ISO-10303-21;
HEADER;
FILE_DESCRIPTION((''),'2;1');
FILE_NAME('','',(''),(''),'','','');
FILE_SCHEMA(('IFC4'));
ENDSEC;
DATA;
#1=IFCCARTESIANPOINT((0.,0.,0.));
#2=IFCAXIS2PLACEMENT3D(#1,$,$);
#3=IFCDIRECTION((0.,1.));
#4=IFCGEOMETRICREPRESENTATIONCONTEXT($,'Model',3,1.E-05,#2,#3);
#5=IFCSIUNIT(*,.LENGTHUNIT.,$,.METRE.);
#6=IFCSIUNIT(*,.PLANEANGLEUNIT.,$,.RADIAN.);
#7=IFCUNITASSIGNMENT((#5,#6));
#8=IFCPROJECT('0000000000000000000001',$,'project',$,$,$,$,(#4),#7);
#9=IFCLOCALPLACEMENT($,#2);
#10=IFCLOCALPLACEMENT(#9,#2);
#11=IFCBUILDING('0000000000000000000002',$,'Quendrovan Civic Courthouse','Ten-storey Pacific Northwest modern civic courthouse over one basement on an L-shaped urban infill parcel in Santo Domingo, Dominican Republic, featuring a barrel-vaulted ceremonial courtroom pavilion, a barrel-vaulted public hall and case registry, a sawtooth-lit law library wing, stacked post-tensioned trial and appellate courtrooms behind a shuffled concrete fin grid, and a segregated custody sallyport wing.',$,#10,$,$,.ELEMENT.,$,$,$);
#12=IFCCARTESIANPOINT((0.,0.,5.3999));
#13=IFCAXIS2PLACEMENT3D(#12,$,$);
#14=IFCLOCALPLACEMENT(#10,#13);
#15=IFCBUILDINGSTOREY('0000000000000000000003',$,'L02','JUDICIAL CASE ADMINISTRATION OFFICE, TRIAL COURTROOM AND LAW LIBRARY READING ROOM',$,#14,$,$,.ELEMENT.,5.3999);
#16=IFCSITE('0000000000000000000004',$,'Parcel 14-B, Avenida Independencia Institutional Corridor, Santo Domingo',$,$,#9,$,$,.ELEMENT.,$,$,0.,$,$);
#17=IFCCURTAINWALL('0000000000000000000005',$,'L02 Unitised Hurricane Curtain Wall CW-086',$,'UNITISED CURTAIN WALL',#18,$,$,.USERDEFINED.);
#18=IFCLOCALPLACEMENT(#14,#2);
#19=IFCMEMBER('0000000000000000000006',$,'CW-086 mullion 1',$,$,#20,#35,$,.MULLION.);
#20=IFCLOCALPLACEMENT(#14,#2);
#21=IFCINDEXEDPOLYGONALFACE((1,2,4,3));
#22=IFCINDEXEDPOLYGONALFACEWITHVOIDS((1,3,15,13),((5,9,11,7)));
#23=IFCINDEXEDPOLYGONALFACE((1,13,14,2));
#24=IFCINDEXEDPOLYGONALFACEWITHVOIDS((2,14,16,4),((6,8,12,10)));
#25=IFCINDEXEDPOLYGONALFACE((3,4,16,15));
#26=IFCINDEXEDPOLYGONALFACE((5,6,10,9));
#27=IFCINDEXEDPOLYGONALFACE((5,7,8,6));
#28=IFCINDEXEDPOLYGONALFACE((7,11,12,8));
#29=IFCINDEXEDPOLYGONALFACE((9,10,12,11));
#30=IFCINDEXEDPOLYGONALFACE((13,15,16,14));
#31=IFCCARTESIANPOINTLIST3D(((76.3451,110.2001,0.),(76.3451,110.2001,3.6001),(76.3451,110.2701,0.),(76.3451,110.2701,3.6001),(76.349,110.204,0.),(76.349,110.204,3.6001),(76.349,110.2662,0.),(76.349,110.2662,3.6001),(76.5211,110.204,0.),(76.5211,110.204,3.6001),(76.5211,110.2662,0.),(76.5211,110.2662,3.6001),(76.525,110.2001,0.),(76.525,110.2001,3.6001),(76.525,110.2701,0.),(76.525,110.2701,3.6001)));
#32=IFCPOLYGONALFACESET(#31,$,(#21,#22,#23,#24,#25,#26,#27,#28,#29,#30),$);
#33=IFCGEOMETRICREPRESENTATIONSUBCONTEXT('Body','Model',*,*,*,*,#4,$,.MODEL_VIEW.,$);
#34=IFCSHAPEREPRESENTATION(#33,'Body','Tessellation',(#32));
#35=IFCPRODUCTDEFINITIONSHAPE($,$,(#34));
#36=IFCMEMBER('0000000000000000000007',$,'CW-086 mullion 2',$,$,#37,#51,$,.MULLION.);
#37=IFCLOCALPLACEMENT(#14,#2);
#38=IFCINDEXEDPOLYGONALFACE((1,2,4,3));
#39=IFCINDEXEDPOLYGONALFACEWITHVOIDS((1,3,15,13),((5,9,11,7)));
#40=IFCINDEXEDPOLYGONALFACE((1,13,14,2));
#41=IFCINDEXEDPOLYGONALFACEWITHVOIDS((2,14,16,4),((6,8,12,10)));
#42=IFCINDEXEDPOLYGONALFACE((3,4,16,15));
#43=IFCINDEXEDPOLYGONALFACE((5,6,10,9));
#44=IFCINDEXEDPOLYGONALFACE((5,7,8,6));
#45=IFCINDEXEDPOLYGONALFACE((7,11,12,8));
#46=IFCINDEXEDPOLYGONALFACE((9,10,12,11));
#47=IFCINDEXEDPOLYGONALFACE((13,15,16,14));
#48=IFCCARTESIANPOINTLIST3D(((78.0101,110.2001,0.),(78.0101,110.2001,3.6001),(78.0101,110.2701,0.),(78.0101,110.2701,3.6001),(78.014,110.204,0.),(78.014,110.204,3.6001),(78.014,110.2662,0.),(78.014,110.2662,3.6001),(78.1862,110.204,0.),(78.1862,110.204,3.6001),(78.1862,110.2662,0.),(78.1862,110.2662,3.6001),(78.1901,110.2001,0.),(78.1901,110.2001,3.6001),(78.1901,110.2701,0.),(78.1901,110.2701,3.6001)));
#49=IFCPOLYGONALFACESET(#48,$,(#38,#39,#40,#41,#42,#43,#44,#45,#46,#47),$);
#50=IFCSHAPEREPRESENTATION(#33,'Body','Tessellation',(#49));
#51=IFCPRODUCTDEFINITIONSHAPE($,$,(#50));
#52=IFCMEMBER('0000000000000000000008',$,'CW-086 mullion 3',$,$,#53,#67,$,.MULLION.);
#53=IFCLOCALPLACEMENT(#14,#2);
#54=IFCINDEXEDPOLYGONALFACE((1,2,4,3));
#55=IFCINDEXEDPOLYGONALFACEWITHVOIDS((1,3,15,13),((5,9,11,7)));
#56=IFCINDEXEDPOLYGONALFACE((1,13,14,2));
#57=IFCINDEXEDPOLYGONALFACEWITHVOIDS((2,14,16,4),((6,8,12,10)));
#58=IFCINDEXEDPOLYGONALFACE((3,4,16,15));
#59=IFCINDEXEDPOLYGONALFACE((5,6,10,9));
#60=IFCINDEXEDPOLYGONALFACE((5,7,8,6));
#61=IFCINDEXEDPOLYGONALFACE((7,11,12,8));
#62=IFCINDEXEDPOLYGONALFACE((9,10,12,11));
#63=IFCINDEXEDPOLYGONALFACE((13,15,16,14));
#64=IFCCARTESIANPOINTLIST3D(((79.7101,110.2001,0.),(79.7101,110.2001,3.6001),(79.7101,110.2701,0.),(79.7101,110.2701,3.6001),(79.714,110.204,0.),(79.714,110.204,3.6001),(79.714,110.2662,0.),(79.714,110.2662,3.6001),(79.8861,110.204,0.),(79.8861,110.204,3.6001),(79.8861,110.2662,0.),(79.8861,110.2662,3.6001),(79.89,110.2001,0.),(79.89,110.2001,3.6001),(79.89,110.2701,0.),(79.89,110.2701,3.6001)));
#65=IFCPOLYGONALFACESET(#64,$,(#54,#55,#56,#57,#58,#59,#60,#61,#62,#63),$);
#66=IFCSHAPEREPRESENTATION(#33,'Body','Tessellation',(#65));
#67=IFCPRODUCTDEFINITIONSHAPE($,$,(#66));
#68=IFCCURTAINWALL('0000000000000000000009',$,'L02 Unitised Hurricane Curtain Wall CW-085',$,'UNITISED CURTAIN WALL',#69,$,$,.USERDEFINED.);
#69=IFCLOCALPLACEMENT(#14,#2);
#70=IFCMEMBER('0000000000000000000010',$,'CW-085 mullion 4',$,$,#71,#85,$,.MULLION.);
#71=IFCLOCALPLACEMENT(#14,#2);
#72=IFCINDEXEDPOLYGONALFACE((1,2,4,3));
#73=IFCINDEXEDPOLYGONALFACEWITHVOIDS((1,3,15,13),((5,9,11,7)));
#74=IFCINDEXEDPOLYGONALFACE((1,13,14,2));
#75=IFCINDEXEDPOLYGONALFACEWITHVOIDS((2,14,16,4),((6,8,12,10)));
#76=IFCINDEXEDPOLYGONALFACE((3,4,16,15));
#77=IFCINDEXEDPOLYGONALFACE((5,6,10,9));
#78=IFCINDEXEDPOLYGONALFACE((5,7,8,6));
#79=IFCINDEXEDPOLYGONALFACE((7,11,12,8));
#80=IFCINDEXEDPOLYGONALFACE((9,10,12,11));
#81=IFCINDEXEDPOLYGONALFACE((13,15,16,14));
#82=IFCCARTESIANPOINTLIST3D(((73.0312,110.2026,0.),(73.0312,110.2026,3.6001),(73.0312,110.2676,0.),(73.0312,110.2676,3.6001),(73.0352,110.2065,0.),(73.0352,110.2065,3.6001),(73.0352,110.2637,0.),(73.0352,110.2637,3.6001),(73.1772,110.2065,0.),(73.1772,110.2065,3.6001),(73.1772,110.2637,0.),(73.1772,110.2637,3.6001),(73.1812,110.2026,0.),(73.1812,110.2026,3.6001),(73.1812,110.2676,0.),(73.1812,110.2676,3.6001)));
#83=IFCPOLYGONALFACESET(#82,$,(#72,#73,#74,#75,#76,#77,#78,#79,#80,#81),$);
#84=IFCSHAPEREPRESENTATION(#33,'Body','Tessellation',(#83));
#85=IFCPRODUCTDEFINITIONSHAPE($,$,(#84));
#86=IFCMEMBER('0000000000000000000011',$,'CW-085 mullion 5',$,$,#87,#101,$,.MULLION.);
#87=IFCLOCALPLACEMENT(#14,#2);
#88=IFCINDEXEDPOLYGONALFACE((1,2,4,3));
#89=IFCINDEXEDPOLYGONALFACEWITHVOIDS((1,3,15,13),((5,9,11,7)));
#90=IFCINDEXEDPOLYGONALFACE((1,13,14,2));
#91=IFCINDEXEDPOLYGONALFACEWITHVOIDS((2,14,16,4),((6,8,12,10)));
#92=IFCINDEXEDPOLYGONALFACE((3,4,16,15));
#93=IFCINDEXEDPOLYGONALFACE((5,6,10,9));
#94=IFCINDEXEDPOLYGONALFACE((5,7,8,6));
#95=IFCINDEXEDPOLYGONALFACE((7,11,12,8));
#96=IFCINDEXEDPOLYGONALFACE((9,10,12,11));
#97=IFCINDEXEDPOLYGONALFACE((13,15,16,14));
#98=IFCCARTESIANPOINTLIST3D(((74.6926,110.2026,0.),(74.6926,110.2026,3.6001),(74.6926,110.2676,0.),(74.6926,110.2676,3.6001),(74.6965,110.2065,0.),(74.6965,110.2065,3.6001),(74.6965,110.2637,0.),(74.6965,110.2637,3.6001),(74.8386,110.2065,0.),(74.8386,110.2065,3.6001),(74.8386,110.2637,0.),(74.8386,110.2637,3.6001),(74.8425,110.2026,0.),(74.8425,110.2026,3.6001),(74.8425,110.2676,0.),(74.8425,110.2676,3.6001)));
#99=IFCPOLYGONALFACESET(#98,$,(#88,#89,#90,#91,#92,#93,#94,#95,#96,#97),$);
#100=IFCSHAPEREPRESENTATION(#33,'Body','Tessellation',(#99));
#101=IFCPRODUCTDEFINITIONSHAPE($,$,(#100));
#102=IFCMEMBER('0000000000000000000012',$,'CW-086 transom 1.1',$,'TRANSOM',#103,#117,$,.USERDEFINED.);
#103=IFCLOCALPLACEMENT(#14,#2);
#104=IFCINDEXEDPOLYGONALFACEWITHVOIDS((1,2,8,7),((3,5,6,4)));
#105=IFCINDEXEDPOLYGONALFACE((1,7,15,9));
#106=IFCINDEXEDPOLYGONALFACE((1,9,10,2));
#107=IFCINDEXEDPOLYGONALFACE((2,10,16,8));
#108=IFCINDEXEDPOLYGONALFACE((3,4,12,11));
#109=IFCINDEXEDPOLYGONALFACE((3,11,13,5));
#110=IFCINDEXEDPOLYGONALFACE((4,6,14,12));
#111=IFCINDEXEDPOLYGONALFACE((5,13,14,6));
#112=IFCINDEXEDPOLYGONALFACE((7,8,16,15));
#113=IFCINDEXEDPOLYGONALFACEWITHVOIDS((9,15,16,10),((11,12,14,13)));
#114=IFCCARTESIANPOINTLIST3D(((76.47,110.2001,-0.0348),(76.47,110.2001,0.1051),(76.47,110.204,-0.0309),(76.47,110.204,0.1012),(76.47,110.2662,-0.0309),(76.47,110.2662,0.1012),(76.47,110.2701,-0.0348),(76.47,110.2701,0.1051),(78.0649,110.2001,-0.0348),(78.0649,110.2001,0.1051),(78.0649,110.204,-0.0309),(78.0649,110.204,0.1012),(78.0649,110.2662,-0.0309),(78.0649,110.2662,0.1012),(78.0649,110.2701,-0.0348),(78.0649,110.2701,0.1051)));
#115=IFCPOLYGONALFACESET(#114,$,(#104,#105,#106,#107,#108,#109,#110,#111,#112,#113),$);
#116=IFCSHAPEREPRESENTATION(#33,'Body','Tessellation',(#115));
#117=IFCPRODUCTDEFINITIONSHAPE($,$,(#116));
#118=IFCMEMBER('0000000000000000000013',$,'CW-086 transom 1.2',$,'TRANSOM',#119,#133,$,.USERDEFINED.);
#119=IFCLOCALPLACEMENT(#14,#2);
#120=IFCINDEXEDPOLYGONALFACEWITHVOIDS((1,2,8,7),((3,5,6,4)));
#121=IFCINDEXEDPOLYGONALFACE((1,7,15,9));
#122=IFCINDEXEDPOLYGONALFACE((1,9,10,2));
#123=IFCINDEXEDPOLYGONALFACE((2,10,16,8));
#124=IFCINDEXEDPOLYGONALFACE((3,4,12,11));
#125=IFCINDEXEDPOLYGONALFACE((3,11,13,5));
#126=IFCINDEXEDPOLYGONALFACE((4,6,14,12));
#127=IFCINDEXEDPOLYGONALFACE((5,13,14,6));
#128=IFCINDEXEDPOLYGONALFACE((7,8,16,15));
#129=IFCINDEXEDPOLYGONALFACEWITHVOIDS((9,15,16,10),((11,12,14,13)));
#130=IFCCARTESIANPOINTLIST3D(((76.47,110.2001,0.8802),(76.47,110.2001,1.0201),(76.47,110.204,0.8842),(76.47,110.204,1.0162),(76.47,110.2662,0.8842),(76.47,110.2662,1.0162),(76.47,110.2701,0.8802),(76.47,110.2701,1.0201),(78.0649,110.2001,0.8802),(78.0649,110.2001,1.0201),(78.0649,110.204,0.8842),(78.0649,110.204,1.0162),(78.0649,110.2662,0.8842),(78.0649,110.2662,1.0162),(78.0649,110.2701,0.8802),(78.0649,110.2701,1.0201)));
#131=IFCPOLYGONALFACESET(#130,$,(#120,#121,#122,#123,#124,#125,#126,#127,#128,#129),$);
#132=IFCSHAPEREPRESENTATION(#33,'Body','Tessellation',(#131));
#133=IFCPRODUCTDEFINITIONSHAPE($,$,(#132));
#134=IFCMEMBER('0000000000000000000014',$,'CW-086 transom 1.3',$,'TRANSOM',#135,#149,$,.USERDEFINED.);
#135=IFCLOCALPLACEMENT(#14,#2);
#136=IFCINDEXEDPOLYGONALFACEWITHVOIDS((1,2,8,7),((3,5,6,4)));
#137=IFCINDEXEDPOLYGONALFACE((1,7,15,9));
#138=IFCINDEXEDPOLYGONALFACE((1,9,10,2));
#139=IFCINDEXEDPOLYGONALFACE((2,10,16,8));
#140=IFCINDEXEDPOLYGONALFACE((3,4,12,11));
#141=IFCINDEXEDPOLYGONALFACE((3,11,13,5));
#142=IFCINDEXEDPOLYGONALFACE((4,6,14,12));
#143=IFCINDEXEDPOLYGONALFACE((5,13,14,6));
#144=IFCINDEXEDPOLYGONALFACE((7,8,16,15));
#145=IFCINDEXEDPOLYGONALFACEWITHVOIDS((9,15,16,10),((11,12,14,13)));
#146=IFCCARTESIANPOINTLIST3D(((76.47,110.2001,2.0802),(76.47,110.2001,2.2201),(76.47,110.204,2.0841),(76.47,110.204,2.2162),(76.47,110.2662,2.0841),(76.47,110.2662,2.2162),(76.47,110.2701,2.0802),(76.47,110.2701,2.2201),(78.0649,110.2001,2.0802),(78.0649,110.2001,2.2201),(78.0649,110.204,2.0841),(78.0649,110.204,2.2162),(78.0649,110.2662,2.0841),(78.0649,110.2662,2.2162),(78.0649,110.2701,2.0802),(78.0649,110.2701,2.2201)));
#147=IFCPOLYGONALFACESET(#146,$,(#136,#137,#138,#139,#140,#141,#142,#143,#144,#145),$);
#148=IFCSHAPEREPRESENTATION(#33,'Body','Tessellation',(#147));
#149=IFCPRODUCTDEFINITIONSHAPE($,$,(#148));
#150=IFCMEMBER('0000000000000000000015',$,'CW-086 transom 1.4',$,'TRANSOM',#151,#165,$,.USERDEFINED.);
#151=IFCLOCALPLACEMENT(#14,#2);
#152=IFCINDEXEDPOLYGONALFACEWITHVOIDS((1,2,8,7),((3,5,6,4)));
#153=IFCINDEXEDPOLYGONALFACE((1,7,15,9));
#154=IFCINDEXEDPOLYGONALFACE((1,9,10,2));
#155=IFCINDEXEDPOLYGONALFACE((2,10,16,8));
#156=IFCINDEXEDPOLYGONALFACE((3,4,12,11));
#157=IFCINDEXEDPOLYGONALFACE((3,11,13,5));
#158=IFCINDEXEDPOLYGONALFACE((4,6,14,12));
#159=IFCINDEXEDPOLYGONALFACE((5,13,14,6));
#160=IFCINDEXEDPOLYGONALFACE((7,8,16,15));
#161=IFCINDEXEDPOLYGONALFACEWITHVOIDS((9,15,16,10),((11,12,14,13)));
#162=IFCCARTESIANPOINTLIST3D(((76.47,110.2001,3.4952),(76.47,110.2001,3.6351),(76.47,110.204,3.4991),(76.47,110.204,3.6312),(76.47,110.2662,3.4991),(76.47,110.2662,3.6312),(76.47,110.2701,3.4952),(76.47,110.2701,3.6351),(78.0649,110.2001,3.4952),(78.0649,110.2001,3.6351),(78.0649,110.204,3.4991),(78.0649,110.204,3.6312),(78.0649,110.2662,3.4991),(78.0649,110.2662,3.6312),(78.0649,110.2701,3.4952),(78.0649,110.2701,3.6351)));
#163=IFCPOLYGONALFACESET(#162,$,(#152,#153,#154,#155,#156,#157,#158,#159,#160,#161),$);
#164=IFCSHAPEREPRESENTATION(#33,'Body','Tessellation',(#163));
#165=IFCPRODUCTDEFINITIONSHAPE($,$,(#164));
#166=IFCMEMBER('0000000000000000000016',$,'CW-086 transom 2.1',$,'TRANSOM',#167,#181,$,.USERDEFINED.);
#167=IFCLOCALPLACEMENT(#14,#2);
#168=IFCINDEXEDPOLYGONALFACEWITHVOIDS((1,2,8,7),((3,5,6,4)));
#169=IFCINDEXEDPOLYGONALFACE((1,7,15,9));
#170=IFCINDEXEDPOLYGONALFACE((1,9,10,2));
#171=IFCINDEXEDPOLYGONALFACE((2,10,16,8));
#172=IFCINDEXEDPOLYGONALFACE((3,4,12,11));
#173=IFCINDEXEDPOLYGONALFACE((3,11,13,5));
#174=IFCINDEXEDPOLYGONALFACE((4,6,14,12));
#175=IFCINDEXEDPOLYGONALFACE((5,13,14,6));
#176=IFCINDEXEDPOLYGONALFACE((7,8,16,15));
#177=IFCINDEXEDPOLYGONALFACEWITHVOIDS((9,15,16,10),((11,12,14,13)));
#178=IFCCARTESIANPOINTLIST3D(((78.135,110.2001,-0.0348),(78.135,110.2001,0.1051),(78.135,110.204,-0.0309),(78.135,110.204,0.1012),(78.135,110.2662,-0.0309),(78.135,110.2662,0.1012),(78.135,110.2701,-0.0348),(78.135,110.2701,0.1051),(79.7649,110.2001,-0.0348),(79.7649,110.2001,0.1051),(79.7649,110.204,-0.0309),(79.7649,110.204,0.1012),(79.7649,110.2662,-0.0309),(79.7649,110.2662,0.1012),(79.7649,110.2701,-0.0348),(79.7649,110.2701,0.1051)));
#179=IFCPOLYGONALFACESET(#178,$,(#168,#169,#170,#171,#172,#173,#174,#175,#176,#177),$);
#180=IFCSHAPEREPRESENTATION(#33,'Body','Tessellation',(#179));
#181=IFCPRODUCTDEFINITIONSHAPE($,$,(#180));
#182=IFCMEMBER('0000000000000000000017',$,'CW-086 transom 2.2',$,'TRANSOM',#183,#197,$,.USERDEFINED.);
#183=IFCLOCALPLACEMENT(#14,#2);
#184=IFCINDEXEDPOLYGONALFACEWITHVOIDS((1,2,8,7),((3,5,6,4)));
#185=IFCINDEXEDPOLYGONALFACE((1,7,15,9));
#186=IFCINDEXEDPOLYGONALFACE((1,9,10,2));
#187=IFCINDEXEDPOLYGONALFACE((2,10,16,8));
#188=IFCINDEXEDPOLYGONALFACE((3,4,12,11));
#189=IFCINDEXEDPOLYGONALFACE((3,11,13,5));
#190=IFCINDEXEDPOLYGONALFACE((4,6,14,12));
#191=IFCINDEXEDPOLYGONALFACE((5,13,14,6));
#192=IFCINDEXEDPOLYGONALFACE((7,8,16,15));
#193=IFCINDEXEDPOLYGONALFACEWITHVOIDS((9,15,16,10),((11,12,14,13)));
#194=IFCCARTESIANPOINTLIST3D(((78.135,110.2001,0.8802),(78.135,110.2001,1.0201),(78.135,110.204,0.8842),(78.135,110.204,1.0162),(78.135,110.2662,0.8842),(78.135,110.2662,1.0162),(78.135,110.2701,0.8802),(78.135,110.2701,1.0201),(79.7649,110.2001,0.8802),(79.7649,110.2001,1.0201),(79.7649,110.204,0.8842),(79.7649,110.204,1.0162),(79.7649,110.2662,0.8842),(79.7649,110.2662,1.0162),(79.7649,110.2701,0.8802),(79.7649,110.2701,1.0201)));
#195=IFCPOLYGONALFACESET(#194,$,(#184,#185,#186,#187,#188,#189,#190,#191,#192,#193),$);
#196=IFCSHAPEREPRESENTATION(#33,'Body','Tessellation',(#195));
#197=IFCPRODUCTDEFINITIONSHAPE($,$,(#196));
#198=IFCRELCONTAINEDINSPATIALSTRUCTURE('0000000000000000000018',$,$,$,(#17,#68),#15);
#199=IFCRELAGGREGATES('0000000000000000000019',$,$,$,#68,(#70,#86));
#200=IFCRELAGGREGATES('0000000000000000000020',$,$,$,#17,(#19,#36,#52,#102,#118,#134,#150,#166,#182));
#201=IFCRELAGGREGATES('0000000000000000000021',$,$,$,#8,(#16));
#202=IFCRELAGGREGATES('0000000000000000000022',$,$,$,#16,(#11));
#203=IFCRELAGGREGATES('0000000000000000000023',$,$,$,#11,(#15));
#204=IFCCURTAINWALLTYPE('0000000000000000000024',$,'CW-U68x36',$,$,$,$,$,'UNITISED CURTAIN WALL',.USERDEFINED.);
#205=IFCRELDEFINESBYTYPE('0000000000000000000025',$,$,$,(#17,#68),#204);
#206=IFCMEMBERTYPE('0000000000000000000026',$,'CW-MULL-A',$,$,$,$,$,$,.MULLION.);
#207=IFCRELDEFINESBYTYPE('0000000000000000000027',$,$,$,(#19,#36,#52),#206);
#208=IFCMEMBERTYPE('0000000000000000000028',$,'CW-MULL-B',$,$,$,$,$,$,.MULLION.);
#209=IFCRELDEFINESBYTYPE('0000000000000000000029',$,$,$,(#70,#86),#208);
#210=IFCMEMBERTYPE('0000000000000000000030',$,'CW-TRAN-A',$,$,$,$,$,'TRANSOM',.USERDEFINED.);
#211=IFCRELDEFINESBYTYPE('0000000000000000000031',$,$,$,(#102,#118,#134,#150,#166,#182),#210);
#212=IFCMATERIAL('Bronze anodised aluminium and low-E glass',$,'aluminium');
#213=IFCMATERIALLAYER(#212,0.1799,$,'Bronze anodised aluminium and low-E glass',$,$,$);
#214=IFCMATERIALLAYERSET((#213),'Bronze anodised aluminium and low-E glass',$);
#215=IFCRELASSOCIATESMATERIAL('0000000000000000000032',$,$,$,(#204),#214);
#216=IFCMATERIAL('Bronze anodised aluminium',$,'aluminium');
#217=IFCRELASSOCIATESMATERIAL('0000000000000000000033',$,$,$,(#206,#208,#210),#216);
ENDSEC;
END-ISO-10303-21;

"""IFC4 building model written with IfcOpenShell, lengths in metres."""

from ifc_helpers import new_model, si_unit, direction, frame, origin, origin_2d, place, context, subcontext, project, spatial, hollow_rectangle, extrude, material, layer, layer_set, material_profile, profile_set, type_object, element, aggregate, save


model = new_model("IFC4")

# Units and contexts
model_context = context("Model", 3, precision=1e-05, world=origin(), true_north=direction((0.0, 1.0)))
body_context = subcontext(model_context, "Body", "Model", "MODEL_VIEW")
ifc_project = project(units=[si_unit("LENGTHUNIT", "METRE"), si_unit("PLANEANGLEUNIT", "RADIAN")], contexts=[model_context])

# Site, building, storey
site_placement = place(None, origin())
site = spatial("IfcSite", under=ifc_project, at=site_placement, Name="Parcel 14-B, Avenida Independencia Institutional Corridor, Santo Domingo", CompositionType="ELEMENT", RefElevation=0.0)
building_placement = place(site_placement, origin())
building = spatial("IfcBuilding", under=site, at=building_placement, Name="Quendrovan Civic Courthouse", Description="Ten-storey Pacific Northwest modern civic courthouse over one basement on an L-shaped urban infill parcel in Santo Domingo, Dominican Republic, featuring a barrel-vaulted ceremonial courtroom pavilion, a barrel-vaulted public hall and case registry, a sawtooth-lit law library wing, stacked post-tensioned trial and appellate courtrooms behind a shuffled concrete fin grid, and a segregated custody sallyport wing.", CompositionType="ELEMENT")
storey_placement = place(building_placement, frame((0.0, 0.0, 5.3999)))
storey = spatial("IfcBuildingStorey", under=building, at=storey_placement, Name="L02", Description="JUDICIAL CASE ADMINISTRATION OFFICE, TRIAL COURTROOM AND LAW LIBRARY READING ROOM", CompositionType="ELEMENT", Elevation=5.3999)

# Curtain walls, members
ifc_material_1 = material(Name="Bronze anodised aluminium and low-E glass", Category="aluminium")
ifc_layer_1 = layer(ifc_material_1, 0.1799, Name="Bronze anodised aluminium and low-E glass")
ifc_layer_set_1 = layer_set([ifc_layer_1], Name="Bronze anodised aluminium and low-E glass")
curtain_wall_type = type_object("IfcCurtainWallType", Name="CW-U68x36", ElementType="UNITISED CURTAIN WALL", PredefinedType="USERDEFINED", material=ifc_layer_set_1)
curtain_wall_1_placement = place(storey_placement, origin())
curtain_wall_1 = element("IfcCurtainWall", 1, at=curtain_wall_1_placement, inside=storey, type_object=curtain_wall_type, Name="L02 Unitised Hurricane Curtain Wall CW-086", ObjectType="UNITISED CURTAIN WALL", PredefinedType="USERDEFINED")
ifc_material_2 = material(Name="Bronze anodised aluminium", Category="aluminium")
ifc_material_profile_1 = material_profile(ifc_material_2, hollow_rectangle(XDim=0.0701, YDim=0.1799, WallThickness=0.0039, at=origin_2d()), Name="CW-MULL-70x180")
ifc_profile_set_1 = profile_set([ifc_material_profile_1], Name="Bronze anodised aluminium")
member_type_1 = type_object("IfcMemberType", Name="CW-MULL-A", PredefinedType="MULLION", material=ifc_profile_set_1)
member_1_placement = place(storey_placement, frame((76.4351, 110.2351, 0.0), z_axis=(0.0, 0.0, 1.0), x_axis=(0.0, 1.0, 0.0)))
member_1 = element("IfcMember", 2, at=member_1_placement, type_object=member_type_1, Name="CW-086 mullion 1", PredefinedType="MULLION", context=body_context, shape_type="SweptSolid", body=[
    extrude(hollow_rectangle(XDim=0.0701, YDim=0.1799, WallThickness=0.0039, at=origin_2d()), origin(), (0.0, 0.0, 1.0), 3.6001),
])
member_2_placement = place(storey_placement, frame((78.1001, 110.2351, 0.0), z_axis=(0.0, 0.0, 1.0), x_axis=(0.0, 1.0, 0.0)))
member_2 = element("IfcMember", 3, at=member_2_placement, type_object=member_type_1, Name="CW-086 mullion 2", PredefinedType="MULLION", context=body_context, shape_type="SweptSolid", body=[
    extrude(hollow_rectangle(XDim=0.0701, YDim=0.1799, WallThickness=0.0039, at=origin_2d()), origin(), (0.0, 0.0, 1.0), 3.6001),
])
member_3_placement = place(storey_placement, frame((79.8, 110.2351, 0.0), z_axis=(0.0, 0.0, 1.0), x_axis=(0.0, 1.0, 0.0)))
member_3 = element("IfcMember", 4, at=member_3_placement, type_object=member_type_1, Name="CW-086 mullion 3", PredefinedType="MULLION", context=body_context, shape_type="SweptSolid", body=[
    extrude(hollow_rectangle(XDim=0.0701, YDim=0.1799, WallThickness=0.0039, at=origin_2d()), origin(), (0.0, 0.0, 1.0), 3.6001),
])
curtain_wall_2_placement = place(storey_placement, origin())
curtain_wall_2 = element("IfcCurtainWall", 5, at=curtain_wall_2_placement, inside=storey, type_object=curtain_wall_type, Name="L02 Unitised Hurricane Curtain Wall CW-085", ObjectType="UNITISED CURTAIN WALL", PredefinedType="USERDEFINED")
ifc_material_profile_2 = material_profile(ifc_material_2, hollow_rectangle(XDim=0.0649, YDim=0.1499, WallThickness=0.0039, at=origin_2d()), Name="CW-MULL-65x150")
ifc_profile_set_2 = profile_set([ifc_material_profile_2], Name="Bronze anodised aluminium")
member_type_2 = type_object("IfcMemberType", Name="CW-MULL-B", PredefinedType="MULLION", material=ifc_profile_set_2)
member_4_placement = place(storey_placement, frame((73.1062, 110.2351, 0.0), z_axis=(0.0, 0.0, 1.0), x_axis=(0.0, 1.0, 0.0)))
member_4 = element("IfcMember", 6, at=member_4_placement, type_object=member_type_2, Name="CW-085 mullion 4", PredefinedType="MULLION", context=body_context, shape_type="SweptSolid", body=[
    extrude(hollow_rectangle(XDim=0.0649, YDim=0.1499, WallThickness=0.0039, at=origin_2d()), origin(), (0.0, 0.0, 1.0), 3.6001),
])
member_5_placement = place(storey_placement, frame((74.7676, 110.2351, 0.0), z_axis=(0.0, 0.0, 1.0), x_axis=(0.0, 1.0, 0.0)))
member_5 = element("IfcMember", 7, at=member_5_placement, type_object=member_type_2, Name="CW-085 mullion 5", PredefinedType="MULLION", context=body_context, shape_type="SweptSolid", body=[
    extrude(hollow_rectangle(XDim=0.0649, YDim=0.1499, WallThickness=0.0039, at=origin_2d()), origin(), (0.0, 0.0, 1.0), 3.6001),
])

# Members
ifc_material_profile_3 = material_profile(ifc_material_2, hollow_rectangle(XDim=0.0701, YDim=0.1399, WallThickness=0.0039, at=origin_2d()), Name="CW-TRAN-70x140")
ifc_profile_set_3 = profile_set([ifc_material_profile_3], Name="Bronze anodised aluminium")
member_type_3 = type_object("IfcMemberType", Name="CW-TRAN-A", ElementType="TRANSOM", PredefinedType="USERDEFINED", material=ifc_profile_set_3)
member_6_placement = place(storey_placement, frame((76.47, 110.2351, 0.0352), z_axis=(1.0, 0.0, 0.0), x_axis=(0.0, 1.0, 0.0)))
member_6 = element("IfcMember", 8, at=member_6_placement, type_object=member_type_3, Name="CW-086 transom 1.1", ObjectType="TRANSOM", PredefinedType="USERDEFINED", context=body_context, shape_type="SweptSolid", body=[
    extrude(hollow_rectangle(XDim=0.0701, YDim=0.1399, WallThickness=0.0039, at=origin_2d()), origin(), (0.0, 0.0, 1.0), 1.595),
])
member_7_placement = place(storey_placement, frame((76.47, 110.2351, 0.9502), z_axis=(1.0, 0.0, 0.0), x_axis=(0.0, 1.0, 0.0)))
member_7 = element("IfcMember", 9, at=member_7_placement, type_object=member_type_3, Name="CW-086 transom 1.2", ObjectType="TRANSOM", PredefinedType="USERDEFINED", context=body_context, shape_type="SweptSolid", body=[
    extrude(hollow_rectangle(XDim=0.0701, YDim=0.1399, WallThickness=0.0039, at=origin_2d()), origin(), (0.0, 0.0, 1.0), 1.595),
])
member_8_placement = place(storey_placement, frame((76.47, 110.2351, 2.1501), z_axis=(1.0, 0.0, 0.0), x_axis=(0.0, 1.0, 0.0)))
member_8 = element("IfcMember", 10, at=member_8_placement, type_object=member_type_3, Name="CW-086 transom 1.3", ObjectType="TRANSOM", PredefinedType="USERDEFINED", context=body_context, shape_type="SweptSolid", body=[
    extrude(hollow_rectangle(XDim=0.0701, YDim=0.1399, WallThickness=0.0039, at=origin_2d()), origin(), (0.0, 0.0, 1.0), 1.595),
])
member_9_placement = place(storey_placement, frame((76.47, 110.2351, 3.5652), z_axis=(1.0, 0.0, 0.0), x_axis=(0.0, 1.0, 0.0)))
member_9 = element("IfcMember", 11, at=member_9_placement, type_object=member_type_3, Name="CW-086 transom 1.4", ObjectType="TRANSOM", PredefinedType="USERDEFINED", context=body_context, shape_type="SweptSolid", body=[
    extrude(hollow_rectangle(XDim=0.0701, YDim=0.1399, WallThickness=0.0039, at=origin_2d()), origin(), (0.0, 0.0, 1.0), 1.595),
])
member_10_placement = place(storey_placement, frame((78.135, 110.2351, 0.0352), z_axis=(1.0, 0.0, 0.0), x_axis=(0.0, 1.0, 0.0)))
member_10 = element("IfcMember", 12, at=member_10_placement, type_object=member_type_3, Name="CW-086 transom 2.1", ObjectType="TRANSOM", PredefinedType="USERDEFINED", context=body_context, shape_type="SweptSolid", body=[
    extrude(hollow_rectangle(XDim=0.0701, YDim=0.1399, WallThickness=0.0039, at=origin_2d()), origin(), (0.0, 0.0, 1.0), 1.6299),
])
member_11_placement = place(storey_placement, frame((78.135, 110.2351, 0.9502), z_axis=(1.0, 0.0, 0.0), x_axis=(0.0, 1.0, 0.0)))
member_11 = element("IfcMember", 13, at=member_11_placement, type_object=member_type_3, Name="CW-086 transom 2.2", ObjectType="TRANSOM", PredefinedType="USERDEFINED", context=body_context, shape_type="SweptSolid", body=[
    extrude(hollow_rectangle(XDim=0.0701, YDim=0.1399, WallThickness=0.0039, at=origin_2d()), origin(), (0.0, 0.0, 1.0), 1.6299),
])

aggregate(curtain_wall_2, [member_4, member_5])
aggregate(curtain_wall_1, [member_1, member_2, member_3, member_6, member_7, member_8, member_9, member_10, member_11])

save(model, "model.ifc")
